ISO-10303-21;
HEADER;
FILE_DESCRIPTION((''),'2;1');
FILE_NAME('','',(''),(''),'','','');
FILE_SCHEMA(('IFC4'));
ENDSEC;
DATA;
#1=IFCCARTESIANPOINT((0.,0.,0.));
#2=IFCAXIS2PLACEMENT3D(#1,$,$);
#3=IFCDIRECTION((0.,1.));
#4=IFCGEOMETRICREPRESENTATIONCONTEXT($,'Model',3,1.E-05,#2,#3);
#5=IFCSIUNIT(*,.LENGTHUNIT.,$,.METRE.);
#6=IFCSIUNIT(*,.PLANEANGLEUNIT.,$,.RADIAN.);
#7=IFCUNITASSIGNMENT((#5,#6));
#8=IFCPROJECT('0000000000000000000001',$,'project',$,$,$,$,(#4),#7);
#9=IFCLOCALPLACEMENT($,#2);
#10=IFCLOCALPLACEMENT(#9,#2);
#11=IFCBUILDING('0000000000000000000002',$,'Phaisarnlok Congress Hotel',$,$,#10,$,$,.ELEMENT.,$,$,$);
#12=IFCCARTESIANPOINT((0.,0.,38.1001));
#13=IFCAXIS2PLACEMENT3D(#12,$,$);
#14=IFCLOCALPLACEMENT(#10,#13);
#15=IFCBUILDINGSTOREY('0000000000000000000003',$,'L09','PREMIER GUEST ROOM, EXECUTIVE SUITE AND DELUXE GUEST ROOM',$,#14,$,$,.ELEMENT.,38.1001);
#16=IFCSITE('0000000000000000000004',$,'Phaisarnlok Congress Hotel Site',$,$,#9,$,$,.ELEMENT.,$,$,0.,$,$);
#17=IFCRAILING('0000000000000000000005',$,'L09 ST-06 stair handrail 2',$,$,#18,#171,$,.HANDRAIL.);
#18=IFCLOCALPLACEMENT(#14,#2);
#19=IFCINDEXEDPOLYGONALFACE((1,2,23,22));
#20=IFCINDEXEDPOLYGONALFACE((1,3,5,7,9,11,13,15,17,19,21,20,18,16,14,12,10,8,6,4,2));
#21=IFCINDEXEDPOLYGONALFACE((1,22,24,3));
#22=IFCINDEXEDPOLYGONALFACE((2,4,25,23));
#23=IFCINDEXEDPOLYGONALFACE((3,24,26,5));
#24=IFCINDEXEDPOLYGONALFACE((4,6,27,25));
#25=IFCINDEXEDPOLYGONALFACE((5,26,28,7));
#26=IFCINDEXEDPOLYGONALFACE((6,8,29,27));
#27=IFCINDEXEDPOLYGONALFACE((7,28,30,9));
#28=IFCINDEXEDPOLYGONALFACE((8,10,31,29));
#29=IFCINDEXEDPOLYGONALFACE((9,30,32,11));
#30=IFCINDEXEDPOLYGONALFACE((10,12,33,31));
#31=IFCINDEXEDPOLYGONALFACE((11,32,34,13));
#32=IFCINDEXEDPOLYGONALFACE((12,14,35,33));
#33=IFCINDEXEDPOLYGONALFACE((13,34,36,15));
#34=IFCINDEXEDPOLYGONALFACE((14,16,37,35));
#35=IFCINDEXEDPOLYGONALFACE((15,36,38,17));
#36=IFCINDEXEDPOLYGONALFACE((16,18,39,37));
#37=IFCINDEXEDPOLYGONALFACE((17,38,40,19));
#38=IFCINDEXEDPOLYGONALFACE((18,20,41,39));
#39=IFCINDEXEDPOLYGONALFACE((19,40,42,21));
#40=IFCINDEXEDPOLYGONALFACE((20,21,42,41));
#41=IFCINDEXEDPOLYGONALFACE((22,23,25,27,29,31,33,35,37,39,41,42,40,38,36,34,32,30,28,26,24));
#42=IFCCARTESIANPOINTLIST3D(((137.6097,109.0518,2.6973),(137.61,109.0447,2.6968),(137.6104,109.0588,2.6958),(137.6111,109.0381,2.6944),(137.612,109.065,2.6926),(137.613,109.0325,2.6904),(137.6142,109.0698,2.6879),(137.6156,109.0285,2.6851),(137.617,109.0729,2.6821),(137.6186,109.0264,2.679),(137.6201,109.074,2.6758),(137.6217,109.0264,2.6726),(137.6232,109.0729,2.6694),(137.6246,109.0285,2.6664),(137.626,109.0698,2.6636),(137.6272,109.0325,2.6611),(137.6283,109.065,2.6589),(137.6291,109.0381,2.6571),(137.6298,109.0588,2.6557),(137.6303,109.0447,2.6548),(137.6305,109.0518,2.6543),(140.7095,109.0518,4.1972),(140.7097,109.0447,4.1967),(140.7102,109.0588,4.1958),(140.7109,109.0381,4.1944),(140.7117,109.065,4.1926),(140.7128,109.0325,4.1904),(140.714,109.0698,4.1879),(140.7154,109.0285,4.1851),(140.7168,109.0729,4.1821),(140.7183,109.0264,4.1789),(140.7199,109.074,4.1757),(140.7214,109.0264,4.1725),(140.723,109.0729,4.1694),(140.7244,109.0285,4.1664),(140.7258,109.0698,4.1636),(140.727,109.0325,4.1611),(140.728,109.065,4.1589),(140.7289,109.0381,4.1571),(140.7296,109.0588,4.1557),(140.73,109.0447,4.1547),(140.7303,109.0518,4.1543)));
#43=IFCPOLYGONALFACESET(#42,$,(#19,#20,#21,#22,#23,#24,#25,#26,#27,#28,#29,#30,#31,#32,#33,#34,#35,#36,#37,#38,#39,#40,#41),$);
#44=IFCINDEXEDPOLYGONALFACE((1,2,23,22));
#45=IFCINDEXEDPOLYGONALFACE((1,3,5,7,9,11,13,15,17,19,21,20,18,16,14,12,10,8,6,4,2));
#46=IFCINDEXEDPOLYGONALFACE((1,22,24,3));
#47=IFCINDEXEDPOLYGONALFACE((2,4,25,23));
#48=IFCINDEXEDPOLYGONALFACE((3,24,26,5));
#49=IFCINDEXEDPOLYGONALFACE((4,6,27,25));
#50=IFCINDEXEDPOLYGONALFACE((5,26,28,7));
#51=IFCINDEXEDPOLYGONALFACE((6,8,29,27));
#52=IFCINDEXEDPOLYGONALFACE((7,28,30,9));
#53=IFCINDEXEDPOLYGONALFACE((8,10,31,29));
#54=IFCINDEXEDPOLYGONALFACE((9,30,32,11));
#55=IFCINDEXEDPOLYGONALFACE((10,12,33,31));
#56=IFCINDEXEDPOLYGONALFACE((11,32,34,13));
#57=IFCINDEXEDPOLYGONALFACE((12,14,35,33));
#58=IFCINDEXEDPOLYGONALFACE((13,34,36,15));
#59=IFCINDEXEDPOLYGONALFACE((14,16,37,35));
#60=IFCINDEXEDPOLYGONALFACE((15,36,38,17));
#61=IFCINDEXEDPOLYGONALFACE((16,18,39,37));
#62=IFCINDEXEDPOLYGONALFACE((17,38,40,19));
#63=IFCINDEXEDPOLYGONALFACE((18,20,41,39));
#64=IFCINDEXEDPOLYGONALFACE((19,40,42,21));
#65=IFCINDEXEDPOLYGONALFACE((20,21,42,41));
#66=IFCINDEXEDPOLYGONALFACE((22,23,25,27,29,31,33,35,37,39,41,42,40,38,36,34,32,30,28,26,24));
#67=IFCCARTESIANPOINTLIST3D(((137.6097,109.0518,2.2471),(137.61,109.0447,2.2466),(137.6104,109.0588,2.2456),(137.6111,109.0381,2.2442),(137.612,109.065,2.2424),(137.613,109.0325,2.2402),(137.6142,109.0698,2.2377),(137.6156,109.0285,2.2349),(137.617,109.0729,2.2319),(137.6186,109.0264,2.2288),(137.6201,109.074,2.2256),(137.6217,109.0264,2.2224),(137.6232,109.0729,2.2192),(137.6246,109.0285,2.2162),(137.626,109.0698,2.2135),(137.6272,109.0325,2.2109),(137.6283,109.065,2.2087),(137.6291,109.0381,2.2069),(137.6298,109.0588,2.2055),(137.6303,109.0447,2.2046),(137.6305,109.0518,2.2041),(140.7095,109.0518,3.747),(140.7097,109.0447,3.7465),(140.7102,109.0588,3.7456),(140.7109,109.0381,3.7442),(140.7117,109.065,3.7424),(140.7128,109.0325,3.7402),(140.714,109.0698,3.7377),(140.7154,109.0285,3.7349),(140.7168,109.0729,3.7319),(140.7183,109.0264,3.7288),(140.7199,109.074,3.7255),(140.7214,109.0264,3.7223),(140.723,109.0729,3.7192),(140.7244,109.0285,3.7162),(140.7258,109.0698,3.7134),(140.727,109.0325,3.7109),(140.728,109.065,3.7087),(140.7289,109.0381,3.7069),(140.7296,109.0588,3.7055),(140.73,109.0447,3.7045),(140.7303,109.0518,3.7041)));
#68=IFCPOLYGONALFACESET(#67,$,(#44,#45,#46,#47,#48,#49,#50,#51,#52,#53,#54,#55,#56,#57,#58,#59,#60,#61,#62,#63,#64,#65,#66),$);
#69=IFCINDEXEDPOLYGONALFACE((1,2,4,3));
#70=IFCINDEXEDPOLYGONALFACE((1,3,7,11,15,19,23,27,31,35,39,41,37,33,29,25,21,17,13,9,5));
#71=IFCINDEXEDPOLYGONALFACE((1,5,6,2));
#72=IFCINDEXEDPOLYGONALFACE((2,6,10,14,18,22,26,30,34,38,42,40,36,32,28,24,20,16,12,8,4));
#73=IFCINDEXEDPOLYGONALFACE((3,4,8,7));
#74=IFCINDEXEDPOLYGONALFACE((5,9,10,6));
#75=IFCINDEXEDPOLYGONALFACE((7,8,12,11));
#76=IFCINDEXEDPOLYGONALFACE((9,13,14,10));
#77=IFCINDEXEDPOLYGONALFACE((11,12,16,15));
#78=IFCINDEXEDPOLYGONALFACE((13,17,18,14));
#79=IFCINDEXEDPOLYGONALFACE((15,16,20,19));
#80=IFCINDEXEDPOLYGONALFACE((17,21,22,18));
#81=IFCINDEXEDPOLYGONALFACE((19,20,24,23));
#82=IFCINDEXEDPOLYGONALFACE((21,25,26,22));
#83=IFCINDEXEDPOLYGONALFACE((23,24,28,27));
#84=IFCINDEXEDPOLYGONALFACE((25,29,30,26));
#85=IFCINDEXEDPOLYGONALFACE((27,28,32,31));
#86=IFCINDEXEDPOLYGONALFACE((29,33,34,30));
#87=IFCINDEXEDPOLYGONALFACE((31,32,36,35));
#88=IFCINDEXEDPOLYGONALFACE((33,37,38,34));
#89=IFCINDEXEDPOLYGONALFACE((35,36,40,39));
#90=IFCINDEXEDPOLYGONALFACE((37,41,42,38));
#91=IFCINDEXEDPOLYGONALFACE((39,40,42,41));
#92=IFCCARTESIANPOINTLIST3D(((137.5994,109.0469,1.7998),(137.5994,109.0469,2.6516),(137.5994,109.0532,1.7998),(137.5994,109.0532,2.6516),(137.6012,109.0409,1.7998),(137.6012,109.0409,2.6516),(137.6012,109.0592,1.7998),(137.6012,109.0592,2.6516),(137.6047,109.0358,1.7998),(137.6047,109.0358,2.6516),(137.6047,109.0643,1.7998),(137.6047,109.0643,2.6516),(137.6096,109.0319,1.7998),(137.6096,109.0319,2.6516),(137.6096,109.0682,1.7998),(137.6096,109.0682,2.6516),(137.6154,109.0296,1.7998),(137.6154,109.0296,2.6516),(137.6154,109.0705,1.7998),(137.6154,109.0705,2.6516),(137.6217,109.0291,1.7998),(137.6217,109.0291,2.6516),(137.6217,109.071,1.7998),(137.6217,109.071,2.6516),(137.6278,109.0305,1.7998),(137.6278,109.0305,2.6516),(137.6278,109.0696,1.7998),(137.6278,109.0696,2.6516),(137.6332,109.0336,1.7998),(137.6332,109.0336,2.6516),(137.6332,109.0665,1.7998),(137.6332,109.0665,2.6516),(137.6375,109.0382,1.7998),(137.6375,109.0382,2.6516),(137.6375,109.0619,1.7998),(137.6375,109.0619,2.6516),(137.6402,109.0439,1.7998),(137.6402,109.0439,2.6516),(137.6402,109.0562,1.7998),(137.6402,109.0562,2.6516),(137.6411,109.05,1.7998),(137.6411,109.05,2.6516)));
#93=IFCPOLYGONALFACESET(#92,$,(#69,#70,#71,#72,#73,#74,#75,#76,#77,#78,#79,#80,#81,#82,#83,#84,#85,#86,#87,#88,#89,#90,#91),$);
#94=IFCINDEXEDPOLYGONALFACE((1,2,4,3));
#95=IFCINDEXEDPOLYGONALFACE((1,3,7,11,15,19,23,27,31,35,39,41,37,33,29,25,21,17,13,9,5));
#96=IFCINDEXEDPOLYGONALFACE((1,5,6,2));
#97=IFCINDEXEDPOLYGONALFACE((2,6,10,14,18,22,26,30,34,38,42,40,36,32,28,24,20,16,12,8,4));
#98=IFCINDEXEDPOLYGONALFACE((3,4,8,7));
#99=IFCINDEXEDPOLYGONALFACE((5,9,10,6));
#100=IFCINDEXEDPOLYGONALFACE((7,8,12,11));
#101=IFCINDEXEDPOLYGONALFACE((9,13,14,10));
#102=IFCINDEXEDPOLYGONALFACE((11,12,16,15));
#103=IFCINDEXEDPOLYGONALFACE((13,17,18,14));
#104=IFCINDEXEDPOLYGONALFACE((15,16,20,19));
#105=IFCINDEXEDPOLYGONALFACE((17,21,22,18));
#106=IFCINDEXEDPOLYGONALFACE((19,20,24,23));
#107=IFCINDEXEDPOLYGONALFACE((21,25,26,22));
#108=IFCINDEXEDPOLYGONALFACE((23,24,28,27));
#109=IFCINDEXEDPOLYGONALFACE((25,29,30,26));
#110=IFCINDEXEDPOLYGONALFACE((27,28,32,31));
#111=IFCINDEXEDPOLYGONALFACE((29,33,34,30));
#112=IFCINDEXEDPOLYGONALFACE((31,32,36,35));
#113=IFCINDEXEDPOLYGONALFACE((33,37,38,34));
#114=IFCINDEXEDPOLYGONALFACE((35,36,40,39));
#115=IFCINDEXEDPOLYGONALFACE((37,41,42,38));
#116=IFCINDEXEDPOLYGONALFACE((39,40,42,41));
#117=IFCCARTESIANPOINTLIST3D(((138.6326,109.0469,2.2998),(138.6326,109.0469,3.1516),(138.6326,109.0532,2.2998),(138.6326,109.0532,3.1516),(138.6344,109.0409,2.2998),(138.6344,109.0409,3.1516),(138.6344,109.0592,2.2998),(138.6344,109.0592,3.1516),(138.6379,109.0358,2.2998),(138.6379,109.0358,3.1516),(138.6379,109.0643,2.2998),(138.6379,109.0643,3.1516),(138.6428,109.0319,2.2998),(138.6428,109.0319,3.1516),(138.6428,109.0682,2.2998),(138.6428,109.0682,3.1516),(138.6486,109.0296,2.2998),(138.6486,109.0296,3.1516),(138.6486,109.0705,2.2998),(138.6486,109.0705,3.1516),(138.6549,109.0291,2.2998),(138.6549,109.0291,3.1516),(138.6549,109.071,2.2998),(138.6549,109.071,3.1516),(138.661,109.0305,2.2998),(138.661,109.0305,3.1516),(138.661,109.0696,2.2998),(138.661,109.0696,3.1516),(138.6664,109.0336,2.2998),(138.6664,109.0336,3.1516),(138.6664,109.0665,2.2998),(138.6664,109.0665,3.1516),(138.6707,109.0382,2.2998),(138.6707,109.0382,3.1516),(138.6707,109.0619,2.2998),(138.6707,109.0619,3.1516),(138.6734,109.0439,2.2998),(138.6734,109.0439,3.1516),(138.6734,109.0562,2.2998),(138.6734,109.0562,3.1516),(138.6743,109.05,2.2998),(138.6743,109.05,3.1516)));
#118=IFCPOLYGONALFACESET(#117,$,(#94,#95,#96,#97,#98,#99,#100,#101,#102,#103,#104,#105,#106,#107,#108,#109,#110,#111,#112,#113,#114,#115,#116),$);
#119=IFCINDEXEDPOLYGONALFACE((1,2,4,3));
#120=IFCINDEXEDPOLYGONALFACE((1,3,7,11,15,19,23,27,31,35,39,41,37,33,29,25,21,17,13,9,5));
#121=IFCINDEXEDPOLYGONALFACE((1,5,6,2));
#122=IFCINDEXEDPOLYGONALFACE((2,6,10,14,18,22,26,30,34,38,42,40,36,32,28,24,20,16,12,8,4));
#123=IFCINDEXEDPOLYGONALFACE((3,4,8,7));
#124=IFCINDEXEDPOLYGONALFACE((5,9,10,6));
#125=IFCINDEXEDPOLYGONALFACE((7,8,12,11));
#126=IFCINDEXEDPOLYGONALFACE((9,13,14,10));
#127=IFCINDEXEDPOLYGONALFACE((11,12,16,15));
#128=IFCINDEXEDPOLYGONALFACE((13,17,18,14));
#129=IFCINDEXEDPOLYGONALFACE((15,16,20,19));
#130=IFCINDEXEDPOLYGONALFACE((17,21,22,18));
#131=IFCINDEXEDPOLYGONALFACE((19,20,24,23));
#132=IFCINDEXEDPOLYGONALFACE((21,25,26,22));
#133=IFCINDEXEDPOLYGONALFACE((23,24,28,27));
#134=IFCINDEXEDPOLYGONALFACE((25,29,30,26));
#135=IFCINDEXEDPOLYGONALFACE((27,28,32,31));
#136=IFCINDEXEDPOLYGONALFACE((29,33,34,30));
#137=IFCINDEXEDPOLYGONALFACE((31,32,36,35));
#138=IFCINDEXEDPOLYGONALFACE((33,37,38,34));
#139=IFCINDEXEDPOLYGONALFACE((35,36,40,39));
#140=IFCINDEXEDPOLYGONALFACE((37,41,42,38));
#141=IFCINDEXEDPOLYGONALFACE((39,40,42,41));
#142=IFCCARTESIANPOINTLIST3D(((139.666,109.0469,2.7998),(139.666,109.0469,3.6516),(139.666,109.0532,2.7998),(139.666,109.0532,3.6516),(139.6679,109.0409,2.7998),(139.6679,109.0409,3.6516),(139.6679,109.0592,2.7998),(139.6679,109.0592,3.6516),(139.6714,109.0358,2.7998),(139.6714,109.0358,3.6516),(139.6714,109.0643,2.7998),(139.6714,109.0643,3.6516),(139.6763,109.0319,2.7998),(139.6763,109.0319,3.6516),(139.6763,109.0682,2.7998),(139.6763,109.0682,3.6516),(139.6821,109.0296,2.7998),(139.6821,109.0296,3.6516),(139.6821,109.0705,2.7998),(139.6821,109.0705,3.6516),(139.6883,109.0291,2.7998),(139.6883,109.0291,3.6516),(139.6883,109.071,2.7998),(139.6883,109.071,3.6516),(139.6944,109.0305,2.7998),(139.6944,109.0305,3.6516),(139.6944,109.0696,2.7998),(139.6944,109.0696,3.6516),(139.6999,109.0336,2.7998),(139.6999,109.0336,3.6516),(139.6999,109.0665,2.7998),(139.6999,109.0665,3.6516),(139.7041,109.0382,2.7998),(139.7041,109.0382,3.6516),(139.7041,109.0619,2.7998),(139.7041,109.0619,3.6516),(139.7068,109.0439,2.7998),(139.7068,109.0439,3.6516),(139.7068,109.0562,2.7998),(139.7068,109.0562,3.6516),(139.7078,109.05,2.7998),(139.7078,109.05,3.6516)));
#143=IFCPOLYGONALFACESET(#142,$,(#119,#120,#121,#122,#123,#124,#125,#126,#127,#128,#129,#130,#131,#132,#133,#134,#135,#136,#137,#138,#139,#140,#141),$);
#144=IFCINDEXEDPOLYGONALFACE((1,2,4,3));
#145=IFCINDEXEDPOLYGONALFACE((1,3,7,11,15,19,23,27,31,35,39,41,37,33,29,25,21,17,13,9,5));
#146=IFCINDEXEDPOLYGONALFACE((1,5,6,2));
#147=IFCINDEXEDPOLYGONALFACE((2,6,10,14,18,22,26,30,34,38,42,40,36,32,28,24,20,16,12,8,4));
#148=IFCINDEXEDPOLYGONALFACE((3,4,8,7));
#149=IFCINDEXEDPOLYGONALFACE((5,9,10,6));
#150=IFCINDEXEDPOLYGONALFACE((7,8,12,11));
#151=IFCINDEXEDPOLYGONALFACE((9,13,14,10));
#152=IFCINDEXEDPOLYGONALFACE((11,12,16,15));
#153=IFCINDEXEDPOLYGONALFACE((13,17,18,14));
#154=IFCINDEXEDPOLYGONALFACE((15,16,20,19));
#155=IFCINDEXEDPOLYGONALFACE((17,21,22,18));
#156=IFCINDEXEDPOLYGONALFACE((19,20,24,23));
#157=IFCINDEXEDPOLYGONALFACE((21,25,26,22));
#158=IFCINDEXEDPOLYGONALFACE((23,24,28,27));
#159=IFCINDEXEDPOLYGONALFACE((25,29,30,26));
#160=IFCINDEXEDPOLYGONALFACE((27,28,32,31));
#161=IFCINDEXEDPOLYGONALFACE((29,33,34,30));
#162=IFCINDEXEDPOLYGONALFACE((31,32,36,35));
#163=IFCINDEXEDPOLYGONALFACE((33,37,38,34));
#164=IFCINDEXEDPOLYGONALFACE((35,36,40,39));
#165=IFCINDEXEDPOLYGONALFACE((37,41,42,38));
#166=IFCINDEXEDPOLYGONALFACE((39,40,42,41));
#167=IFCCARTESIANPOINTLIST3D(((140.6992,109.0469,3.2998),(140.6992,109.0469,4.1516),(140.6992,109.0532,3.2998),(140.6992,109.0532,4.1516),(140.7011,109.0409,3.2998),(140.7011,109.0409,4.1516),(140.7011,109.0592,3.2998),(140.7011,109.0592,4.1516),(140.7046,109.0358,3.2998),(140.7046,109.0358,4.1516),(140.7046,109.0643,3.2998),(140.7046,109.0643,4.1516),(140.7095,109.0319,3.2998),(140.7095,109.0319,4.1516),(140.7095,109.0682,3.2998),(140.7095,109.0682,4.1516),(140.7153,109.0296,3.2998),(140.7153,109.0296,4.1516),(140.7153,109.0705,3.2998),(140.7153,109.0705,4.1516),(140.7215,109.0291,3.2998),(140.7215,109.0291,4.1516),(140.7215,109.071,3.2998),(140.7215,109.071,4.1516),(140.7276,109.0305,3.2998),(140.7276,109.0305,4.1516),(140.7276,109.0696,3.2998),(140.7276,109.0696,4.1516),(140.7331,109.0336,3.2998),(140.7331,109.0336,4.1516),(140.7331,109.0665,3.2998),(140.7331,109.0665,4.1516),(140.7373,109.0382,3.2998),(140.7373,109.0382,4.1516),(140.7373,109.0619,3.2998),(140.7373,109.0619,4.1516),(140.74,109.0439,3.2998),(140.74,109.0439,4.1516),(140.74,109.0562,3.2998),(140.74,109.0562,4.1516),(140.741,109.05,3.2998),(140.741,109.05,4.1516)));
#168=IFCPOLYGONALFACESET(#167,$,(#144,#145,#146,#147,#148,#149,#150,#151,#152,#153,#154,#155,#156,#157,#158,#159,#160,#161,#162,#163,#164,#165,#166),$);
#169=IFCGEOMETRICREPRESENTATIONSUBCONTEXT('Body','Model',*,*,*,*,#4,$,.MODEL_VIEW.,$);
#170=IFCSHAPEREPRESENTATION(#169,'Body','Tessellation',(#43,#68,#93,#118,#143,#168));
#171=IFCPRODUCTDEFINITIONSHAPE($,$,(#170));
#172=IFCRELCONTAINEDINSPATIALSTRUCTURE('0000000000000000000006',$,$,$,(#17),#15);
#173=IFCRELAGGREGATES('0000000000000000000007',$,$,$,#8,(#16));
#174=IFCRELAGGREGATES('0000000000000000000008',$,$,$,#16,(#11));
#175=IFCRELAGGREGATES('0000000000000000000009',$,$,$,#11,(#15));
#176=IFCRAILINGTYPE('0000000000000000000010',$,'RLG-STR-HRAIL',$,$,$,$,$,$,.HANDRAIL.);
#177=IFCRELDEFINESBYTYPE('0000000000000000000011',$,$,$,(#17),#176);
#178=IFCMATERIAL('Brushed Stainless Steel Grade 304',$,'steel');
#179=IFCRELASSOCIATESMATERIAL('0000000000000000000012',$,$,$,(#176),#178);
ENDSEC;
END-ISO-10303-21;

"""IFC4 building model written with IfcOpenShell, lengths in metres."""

from ifc_helpers import new_model, si_unit, direction, frame, origin, origin_2d, place, context, subcontext, project, spatial, circle, extrude, material, type_object, element, save


model = new_model("IFC4")

# Units and contexts
model_context = context("Model", 3, precision=1e-05, world=origin(), true_north=direction((0.0, 1.0)))
body_context = subcontext(model_context, "Body", "Model", "MODEL_VIEW")
ifc_project = project(units=[si_unit("LENGTHUNIT", "METRE"), si_unit("PLANEANGLEUNIT", "RADIAN")], contexts=[model_context])

# Site, building, storey
site_placement = place(None, origin())
site = spatial("IfcSite", under=ifc_project, at=site_placement, Name="Phaisarnlok Congress Hotel Site", CompositionType="ELEMENT", RefElevation=0.0)
building_placement = place(site_placement, origin())
building = spatial("IfcBuilding", under=site, at=building_placement, Name="Phaisarnlok Congress Hotel", CompositionType="ELEMENT")
storey_placement = place(building_placement, frame((0.0, 0.0, 38.1001)))
storey = spatial("IfcBuildingStorey", under=building, at=storey_placement, Name="L09", Description="PREMIER GUEST ROOM, EXECUTIVE SUITE AND DELUXE GUEST ROOM", CompositionType="ELEMENT", Elevation=38.1001)

# Railing
ifc_material_1 = material(Name="Brushed Stainless Steel Grade 304", Category="steel")
railing_type_1 = type_object("IfcRailingType", Name="RLG-STR-HRAIL", PredefinedType="HANDRAIL", material=ifc_material_1)
railing_1_placement = place(storey_placement, frame((137.6201, 109.05, 1.7998)))
element("IfcRailing", 1, at=railing_1_placement, inside=storey, type_object=railing_type_1, Name="L09 ST-06 stair handrail 2", PredefinedType="HANDRAIL", context=body_context, shape_type="SweptSolid", body=[
    extrude(circle(Radius=0.0239, at=origin_2d()), frame((0.0, 0.0, 0.876), z_axis=(0.900151, 0.0, 0.435578), x_axis=(0.0, 1.0, 0.0)), (0.0, 0.0, 1.0), 3.4436),
    extrude(circle(Radius=0.0239, at=origin_2d()), frame((0.0, 0.0, 0.4258), z_axis=(0.900151, 0.0, 0.435578), x_axis=(0.0, 1.0, 0.0)), (0.0, 0.0, 1.0), 3.4436),
    extrude(circle(Radius=0.021, at=origin_2d()), origin(), (0.0, 0.0, 1.0), 0.8518),
    extrude(circle(Radius=0.021, at=origin_2d()), frame((1.0332, 0.0, 0.5)), (0.0, 0.0, 1.0), 0.8518),
    extrude(circle(Radius=0.021, at=origin_2d()), frame((2.0667, 0.0, 1.0)), (0.0, 0.0, 1.0), 0.8518),
    extrude(circle(Radius=0.021, at=origin_2d()), frame((3.0999, 0.0, 1.5)), (0.0, 0.0, 1.0), 0.8518),
])

save(model, "model.ifc")
